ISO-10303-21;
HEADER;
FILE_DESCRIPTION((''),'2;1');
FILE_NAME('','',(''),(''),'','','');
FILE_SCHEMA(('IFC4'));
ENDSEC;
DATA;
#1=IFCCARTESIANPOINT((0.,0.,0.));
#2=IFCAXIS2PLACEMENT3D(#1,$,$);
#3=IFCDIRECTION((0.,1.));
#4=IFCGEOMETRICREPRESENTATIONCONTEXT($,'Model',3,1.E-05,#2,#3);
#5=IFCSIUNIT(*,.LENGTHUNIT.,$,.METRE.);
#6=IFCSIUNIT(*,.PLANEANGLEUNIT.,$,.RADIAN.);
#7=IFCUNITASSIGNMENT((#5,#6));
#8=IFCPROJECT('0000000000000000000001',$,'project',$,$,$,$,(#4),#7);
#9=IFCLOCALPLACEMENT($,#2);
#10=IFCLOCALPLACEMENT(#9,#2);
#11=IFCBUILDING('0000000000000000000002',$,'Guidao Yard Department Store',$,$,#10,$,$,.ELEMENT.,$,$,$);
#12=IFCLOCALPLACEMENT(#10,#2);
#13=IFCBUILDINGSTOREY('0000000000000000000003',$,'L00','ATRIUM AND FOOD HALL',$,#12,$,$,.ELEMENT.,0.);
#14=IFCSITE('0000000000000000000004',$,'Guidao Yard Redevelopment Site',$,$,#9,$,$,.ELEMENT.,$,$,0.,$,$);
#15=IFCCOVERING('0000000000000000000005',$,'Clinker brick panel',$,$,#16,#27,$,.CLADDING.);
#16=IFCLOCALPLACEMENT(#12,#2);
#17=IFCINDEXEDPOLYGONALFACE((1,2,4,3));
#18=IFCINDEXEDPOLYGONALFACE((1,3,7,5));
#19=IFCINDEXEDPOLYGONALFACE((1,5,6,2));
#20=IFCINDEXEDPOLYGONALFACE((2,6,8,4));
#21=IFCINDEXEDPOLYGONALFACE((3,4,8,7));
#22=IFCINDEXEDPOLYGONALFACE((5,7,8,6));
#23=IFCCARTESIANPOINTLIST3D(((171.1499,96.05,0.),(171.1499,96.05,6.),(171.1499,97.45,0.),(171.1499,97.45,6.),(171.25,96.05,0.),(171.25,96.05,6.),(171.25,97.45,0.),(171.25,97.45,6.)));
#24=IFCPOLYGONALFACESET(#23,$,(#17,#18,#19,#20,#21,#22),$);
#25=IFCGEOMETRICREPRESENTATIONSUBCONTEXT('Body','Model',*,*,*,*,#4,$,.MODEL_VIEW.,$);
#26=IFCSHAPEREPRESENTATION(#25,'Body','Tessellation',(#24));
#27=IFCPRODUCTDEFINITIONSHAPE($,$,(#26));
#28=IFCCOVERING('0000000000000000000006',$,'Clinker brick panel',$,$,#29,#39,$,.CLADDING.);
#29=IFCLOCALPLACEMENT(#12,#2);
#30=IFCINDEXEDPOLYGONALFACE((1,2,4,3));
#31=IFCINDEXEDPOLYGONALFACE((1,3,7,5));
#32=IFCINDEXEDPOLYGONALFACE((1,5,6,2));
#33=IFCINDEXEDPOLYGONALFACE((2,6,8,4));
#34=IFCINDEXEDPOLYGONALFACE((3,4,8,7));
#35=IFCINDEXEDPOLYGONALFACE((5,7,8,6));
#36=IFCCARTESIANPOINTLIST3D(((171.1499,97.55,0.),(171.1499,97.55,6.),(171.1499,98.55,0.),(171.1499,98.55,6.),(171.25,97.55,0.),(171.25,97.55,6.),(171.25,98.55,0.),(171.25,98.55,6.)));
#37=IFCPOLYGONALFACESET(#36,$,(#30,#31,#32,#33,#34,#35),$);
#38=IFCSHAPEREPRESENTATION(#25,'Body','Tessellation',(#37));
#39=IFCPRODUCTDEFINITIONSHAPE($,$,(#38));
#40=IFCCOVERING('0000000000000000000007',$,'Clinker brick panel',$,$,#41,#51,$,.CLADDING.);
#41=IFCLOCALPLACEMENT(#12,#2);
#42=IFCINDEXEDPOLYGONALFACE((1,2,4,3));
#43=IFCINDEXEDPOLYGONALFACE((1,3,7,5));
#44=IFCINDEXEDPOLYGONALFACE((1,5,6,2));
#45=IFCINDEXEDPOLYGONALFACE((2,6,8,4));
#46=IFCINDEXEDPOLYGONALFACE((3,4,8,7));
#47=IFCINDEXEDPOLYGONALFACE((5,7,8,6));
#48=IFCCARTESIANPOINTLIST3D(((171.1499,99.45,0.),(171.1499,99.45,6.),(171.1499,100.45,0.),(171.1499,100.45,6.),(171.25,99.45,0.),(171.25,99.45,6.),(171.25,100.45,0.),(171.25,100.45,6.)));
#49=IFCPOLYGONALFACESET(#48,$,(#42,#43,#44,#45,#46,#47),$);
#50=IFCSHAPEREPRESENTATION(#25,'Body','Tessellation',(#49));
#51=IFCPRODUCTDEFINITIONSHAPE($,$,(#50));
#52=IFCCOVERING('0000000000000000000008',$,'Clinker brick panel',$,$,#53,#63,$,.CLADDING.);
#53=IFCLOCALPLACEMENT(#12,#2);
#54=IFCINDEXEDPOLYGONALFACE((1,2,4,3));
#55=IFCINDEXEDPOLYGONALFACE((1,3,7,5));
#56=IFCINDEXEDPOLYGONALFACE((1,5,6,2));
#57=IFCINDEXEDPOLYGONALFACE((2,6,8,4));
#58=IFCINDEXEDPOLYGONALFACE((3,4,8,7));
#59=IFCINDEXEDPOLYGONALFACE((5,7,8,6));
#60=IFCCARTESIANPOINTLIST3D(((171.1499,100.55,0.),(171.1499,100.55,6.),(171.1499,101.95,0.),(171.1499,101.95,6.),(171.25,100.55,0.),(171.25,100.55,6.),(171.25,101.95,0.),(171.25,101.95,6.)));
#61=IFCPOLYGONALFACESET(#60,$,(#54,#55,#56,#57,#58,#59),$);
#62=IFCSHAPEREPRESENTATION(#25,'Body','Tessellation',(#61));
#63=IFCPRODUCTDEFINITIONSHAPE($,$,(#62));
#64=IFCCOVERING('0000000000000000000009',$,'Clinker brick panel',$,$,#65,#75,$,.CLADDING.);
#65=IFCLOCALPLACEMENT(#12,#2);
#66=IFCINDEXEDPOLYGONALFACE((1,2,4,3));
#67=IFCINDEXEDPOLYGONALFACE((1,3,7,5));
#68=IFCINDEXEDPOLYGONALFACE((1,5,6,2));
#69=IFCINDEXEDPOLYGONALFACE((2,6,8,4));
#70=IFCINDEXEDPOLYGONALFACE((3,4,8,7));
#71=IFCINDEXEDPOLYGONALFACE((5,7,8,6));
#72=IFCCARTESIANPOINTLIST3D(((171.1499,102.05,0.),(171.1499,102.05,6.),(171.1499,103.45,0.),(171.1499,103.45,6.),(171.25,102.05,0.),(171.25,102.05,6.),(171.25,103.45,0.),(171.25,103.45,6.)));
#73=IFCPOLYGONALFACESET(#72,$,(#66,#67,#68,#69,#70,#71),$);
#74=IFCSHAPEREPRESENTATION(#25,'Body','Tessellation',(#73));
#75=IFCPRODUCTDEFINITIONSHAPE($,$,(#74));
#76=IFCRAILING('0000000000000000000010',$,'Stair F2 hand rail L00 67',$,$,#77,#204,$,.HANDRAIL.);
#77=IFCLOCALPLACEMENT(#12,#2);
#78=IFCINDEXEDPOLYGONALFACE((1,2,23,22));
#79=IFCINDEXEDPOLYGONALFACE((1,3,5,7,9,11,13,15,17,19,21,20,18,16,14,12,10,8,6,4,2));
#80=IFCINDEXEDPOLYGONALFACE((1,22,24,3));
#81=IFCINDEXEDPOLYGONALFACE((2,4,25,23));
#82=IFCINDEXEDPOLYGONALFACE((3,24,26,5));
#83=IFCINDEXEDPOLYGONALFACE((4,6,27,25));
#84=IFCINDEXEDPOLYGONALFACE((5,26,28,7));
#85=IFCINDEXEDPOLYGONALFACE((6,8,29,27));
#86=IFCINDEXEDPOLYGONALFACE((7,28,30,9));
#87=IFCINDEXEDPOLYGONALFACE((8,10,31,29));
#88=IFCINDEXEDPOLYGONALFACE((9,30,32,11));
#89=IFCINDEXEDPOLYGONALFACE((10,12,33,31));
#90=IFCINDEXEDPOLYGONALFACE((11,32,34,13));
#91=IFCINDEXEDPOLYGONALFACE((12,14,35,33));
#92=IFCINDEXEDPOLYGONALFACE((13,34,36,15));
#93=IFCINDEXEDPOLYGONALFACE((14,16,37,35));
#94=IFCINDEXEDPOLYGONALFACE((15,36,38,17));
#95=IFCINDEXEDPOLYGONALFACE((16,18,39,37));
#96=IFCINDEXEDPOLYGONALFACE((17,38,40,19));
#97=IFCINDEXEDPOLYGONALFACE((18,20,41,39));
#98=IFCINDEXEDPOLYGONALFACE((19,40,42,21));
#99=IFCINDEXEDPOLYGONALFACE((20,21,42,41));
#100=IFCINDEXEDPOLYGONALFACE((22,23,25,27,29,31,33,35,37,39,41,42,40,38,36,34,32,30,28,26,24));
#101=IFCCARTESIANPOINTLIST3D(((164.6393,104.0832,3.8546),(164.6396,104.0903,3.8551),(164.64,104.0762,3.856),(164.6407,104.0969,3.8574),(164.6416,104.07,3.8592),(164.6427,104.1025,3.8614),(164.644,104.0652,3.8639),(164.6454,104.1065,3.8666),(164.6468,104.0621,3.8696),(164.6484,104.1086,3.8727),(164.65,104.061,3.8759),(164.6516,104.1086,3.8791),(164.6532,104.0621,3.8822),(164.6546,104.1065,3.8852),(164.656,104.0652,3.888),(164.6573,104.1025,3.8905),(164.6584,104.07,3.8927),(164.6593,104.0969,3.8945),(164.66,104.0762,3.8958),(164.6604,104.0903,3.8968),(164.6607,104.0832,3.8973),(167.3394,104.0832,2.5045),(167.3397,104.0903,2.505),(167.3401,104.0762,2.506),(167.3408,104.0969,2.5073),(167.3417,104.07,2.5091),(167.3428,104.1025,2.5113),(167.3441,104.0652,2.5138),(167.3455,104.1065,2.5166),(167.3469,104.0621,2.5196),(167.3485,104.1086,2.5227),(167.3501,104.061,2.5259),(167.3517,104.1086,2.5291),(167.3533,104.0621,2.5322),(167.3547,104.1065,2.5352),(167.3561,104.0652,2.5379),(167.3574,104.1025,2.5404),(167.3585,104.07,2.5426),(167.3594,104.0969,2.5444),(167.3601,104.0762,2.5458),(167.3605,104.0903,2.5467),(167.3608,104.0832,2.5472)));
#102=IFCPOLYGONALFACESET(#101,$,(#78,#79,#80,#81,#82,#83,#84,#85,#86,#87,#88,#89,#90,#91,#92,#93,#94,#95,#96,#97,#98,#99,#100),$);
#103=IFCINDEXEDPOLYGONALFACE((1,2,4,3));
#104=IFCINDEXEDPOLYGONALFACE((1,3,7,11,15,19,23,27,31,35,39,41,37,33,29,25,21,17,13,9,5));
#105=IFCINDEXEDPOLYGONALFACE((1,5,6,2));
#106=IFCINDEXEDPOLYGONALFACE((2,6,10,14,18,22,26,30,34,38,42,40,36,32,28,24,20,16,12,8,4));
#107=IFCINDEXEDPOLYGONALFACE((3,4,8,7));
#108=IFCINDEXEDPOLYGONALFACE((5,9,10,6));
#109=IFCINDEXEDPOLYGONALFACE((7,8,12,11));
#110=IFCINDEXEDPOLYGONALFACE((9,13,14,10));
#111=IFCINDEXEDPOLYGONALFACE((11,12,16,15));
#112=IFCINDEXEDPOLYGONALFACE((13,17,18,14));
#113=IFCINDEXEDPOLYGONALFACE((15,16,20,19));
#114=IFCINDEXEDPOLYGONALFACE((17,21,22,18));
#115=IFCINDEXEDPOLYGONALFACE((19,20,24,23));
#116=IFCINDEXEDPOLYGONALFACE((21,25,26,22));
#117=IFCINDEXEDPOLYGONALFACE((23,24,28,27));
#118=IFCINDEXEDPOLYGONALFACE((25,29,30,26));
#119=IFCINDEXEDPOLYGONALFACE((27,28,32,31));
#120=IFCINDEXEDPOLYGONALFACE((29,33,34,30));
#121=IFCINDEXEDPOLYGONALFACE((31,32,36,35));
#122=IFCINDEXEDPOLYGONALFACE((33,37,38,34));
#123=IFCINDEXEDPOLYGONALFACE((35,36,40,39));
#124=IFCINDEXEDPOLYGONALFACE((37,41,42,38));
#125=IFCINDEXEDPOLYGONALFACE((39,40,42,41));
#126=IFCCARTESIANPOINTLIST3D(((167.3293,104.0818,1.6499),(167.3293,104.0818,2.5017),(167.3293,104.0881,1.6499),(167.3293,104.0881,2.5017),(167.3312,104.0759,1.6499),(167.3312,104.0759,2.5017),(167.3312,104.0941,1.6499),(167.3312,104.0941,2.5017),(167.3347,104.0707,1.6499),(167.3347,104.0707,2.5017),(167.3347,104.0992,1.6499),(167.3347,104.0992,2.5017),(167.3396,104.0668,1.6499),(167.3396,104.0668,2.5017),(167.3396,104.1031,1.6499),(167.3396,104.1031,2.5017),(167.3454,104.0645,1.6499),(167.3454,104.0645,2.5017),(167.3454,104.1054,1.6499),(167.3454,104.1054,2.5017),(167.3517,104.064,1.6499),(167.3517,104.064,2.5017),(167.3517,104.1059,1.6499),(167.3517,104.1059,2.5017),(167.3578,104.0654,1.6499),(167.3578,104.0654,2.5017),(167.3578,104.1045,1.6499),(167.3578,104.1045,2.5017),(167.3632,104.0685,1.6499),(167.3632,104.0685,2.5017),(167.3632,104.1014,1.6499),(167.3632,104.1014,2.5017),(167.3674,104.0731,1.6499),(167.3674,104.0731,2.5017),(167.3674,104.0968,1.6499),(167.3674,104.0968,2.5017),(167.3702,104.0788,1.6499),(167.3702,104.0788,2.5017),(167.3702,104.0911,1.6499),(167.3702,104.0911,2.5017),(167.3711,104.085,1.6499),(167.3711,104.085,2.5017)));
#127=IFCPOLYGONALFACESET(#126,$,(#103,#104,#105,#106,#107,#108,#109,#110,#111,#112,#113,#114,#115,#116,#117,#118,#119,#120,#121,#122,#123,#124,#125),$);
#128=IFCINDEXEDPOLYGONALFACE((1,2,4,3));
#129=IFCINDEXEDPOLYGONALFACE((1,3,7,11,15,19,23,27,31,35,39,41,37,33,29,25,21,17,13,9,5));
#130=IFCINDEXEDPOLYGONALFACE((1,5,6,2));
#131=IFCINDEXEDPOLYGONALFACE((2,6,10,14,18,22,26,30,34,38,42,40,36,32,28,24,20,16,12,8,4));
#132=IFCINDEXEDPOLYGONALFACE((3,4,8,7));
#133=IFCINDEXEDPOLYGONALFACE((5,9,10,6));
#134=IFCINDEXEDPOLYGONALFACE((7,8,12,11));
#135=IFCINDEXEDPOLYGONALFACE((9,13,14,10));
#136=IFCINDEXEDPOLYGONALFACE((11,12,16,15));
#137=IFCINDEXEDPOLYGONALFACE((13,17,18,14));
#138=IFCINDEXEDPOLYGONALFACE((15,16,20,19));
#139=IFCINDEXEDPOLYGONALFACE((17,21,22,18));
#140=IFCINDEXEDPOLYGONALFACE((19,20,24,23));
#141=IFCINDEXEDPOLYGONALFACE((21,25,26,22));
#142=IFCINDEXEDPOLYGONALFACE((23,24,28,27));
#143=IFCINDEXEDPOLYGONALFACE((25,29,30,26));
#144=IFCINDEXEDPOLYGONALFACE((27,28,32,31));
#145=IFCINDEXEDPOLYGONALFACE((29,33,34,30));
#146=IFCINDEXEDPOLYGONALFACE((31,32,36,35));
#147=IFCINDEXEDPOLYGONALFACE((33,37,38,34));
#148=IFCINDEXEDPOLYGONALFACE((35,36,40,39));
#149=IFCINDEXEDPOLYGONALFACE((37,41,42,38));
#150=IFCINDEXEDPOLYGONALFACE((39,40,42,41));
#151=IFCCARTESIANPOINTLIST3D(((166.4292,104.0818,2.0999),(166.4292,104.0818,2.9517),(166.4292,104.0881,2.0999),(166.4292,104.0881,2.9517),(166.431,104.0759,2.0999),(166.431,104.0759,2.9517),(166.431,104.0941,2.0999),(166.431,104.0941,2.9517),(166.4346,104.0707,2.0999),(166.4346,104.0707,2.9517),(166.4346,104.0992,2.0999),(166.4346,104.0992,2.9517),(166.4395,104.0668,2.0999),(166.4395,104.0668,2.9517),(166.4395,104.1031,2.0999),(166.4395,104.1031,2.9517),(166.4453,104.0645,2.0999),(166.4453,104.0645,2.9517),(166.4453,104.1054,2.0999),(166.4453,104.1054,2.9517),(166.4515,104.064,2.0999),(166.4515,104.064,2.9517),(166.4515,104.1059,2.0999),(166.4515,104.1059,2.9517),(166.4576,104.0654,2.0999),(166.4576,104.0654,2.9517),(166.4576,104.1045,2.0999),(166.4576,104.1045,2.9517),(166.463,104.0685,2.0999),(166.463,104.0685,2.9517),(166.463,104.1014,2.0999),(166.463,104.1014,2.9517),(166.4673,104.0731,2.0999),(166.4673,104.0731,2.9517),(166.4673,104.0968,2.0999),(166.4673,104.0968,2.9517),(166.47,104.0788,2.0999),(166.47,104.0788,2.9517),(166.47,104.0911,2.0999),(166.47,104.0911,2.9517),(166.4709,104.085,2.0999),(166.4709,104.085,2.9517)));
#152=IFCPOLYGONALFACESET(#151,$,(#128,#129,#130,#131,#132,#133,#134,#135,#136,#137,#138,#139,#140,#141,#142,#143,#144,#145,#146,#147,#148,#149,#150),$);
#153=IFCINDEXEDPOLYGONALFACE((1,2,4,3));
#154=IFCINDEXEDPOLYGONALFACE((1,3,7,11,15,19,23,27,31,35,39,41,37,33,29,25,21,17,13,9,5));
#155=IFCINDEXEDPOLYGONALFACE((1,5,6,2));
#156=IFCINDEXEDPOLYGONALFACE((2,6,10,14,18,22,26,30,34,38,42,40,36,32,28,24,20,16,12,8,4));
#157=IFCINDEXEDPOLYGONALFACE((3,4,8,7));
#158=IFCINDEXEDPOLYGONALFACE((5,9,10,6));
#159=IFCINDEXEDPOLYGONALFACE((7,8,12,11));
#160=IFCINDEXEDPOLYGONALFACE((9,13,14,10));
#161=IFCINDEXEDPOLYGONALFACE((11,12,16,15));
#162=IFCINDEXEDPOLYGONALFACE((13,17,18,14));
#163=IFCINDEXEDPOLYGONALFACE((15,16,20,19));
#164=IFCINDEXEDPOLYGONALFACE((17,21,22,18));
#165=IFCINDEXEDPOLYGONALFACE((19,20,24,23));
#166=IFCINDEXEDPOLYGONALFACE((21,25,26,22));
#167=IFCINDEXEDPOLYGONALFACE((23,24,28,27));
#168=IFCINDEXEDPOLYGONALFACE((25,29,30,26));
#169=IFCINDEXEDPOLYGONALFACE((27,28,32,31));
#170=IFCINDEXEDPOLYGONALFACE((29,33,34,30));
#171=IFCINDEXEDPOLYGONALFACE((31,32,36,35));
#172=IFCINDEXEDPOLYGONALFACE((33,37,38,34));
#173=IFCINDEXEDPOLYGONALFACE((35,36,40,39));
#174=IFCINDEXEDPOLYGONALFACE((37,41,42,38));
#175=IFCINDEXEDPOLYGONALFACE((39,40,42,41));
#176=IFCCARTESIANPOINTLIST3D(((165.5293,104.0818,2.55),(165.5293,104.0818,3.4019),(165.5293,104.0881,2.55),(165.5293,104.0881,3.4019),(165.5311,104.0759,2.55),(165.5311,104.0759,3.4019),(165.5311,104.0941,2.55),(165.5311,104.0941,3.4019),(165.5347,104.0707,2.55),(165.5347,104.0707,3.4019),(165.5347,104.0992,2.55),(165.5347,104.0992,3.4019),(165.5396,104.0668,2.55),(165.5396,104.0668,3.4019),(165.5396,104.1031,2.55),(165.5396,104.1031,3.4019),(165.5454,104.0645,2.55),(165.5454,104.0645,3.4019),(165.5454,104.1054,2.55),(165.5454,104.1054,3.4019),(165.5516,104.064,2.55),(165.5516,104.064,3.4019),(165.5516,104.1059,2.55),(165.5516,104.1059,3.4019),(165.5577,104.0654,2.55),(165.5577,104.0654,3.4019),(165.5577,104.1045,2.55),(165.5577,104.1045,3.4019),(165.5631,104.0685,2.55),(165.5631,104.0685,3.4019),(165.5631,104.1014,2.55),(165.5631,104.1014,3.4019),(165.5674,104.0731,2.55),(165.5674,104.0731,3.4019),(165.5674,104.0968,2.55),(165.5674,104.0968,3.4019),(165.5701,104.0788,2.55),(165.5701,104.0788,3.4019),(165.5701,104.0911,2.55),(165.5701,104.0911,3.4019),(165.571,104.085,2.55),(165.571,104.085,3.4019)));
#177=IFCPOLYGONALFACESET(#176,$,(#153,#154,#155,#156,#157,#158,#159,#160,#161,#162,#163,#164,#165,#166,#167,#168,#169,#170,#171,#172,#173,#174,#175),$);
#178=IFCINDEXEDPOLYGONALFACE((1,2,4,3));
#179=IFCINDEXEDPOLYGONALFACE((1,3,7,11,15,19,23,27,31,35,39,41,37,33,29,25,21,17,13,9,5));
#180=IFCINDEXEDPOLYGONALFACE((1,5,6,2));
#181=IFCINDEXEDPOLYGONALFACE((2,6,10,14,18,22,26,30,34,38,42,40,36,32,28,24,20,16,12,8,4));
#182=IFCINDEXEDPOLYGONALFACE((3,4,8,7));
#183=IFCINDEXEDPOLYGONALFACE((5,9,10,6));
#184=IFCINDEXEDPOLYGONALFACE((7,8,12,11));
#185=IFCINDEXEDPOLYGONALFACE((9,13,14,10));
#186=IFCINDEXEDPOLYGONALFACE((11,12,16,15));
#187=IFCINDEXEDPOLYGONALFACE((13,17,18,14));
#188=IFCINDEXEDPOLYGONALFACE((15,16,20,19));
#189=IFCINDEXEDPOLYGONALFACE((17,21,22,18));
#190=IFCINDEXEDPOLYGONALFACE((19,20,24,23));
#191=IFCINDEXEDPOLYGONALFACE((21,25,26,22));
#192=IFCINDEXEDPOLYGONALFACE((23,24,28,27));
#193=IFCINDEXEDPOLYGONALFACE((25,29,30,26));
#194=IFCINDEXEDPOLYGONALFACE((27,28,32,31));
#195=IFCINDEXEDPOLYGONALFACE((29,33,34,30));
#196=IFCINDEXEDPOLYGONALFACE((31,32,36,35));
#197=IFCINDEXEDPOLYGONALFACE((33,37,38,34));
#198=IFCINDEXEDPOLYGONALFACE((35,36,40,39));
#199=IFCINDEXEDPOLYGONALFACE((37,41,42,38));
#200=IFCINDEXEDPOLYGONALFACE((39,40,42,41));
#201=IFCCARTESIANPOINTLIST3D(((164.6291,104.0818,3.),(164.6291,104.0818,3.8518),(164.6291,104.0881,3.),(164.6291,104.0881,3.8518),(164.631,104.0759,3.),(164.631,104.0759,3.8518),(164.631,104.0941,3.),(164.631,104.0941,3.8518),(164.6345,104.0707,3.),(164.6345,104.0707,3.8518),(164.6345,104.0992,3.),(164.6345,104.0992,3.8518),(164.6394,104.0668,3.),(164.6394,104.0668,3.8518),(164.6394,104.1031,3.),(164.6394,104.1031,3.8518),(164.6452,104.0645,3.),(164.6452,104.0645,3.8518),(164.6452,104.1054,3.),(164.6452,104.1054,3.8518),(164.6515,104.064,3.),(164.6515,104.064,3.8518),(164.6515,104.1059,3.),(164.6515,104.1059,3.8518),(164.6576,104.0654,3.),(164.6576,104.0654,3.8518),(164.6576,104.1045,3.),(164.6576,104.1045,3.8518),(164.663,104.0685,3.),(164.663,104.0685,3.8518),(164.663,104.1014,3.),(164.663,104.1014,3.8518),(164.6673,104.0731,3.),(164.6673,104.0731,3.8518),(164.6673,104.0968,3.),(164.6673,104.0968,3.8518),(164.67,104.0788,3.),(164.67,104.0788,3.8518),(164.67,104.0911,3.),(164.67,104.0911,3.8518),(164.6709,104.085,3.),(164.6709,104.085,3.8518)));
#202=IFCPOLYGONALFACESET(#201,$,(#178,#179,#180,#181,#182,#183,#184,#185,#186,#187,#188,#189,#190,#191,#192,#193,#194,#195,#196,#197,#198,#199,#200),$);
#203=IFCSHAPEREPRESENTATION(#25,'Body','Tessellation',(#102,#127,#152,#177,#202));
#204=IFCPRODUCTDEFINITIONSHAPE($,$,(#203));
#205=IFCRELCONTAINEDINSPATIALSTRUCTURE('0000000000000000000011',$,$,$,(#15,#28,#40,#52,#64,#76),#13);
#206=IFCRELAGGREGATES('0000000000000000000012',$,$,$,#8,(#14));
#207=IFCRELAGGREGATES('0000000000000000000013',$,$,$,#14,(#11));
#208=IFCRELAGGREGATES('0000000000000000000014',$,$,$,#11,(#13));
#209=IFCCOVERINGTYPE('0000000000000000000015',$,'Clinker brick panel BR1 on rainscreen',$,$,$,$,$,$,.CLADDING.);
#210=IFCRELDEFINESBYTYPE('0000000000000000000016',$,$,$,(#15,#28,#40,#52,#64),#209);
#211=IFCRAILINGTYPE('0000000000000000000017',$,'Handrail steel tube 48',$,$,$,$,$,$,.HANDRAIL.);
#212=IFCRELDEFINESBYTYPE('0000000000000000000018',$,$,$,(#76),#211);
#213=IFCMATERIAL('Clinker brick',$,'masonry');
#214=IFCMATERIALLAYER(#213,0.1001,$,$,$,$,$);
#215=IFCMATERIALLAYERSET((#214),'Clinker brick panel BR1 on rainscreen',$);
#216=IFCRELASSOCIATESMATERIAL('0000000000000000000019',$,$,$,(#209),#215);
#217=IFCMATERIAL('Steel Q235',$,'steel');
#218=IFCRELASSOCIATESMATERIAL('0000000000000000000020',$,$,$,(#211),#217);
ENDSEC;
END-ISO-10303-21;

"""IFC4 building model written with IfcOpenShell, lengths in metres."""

from ifc_helpers import new_model, si_unit, direction, frame, origin, origin_2d, place, context, subcontext, project, spatial, rectangle, circle, extrude, material, layer, layer_set, type_object, element, save


model = new_model("IFC4")

# Units and contexts
model_context = context("Model", 3, precision=1e-05, world=origin(), true_north=direction((0.0, 1.0)))
body_context = subcontext(model_context, "Body", "Model", "MODEL_VIEW")
ifc_project = project(units=[si_unit("LENGTHUNIT", "METRE"), si_unit("PLANEANGLEUNIT", "RADIAN")], contexts=[model_context])

# Site, building, storey
site_placement = place(None, origin())
site = spatial("IfcSite", under=ifc_project, at=site_placement, Name="Guidao Yard Redevelopment Site", CompositionType="ELEMENT", RefElevation=0.0)
building_placement = place(site_placement, origin())
building = spatial("IfcBuilding", under=site, at=building_placement, Name="Guidao Yard Department Store", CompositionType="ELEMENT")
storey_placement = place(building_placement, origin())
storey = spatial("IfcBuildingStorey", under=building, at=storey_placement, Name="L00", Description="ATRIUM AND FOOD HALL", CompositionType="ELEMENT", Elevation=0.0)

# Coverings
ifc_material_1 = material(Name="Clinker brick", Category="masonry")
ifc_layer_1 = layer(ifc_material_1, 0.1001)
ifc_layer_set_1 = layer_set([ifc_layer_1], Name="Clinker brick panel BR1 on rainscreen")
covering_type = type_object("IfcCoveringType", Name="Clinker brick panel BR1 on rainscreen", PredefinedType="CLADDING", material=ifc_layer_set_1)
covering_1_placement = place(storey_placement, frame((171.2, 96.75, 0.0), z_axis=(0.0, 0.0, 1.0), x_axis=(0.0, -1.0, 0.0)))
element("IfcCovering", 1, at=covering_1_placement, inside=storey, type_object=covering_type, Name="Clinker brick panel", PredefinedType="CLADDING", context=body_context, shape_type="SweptSolid", body=[
    extrude(rectangle(XDim=1.3999, YDim=0.1001, at=origin_2d()), origin(), (0.0, 0.0, 1.0), 6.0),
])
for number, where, z_axis, x_axis, name in (
    (2, (171.2, 98.05, 0.0), (0.0, 0.0, 1.0), (0.0, -1.0, 0.0), "Clinker brick panel"),
    (3, (171.2, 99.95, 0.0), (0.0, 0.0, 1.0), (0.0, -1.0, 0.0), "Clinker brick panel"),
):
    element("IfcCovering", number, at=place(storey_placement, frame(where, z_axis=z_axis, x_axis=x_axis)), inside=storey, type_object=covering_type, Name=name, PredefinedType="CLADDING", context=body_context, shape_type="SweptSolid", body=[
        extrude(rectangle(XDim=1.0, YDim=0.1001, at=origin_2d()), origin(), (0.0, 0.0, 1.0), 6.0),
    ])
for number, where, z_axis, x_axis, name in (
    (4, (171.2, 101.25, 0.0), (0.0, 0.0, 1.0), (0.0, -1.0, 0.0), "Clinker brick panel"),
    (5, (171.2, 102.75, 0.0), (0.0, 0.0, 1.0), (0.0, -1.0, 0.0), "Clinker brick panel"),
):
    element("IfcCovering", number, at=place(storey_placement, frame(where, z_axis=z_axis, x_axis=x_axis)), inside=storey, type_object=covering_type, Name=name, PredefinedType="CLADDING", context=body_context, shape_type="SweptSolid", body=[
        extrude(rectangle(XDim=1.3999, YDim=0.1001, at=origin_2d()), origin(), (0.0, 0.0, 1.0), 6.0),
    ])

# Railing
ifc_material_2 = material(Name="Steel Q235", Category="steel")
railing_type = type_object("IfcRailingType", Name="Handrail steel tube 48", PredefinedType="HANDRAIL", material=ifc_material_2)
for number, where, name in (
    (6, (167.3501, 104.085, 1.6499), "Stair F2 hand rail L00 67"),
):
    element("IfcRailing", number, at=place(storey_placement, frame(where)), inside=storey, type_object=railing_type, Name=name, PredefinedType="HANDRAIL", context=body_context, shape_type="SweptSolid", body=[
        extrude(circle(Radius=0.0239, at=origin_2d()), frame((0.0, 0.0, 0.876), z_axis=(-0.894427, 0.0, 0.447214), x_axis=(0.0, -1.0, 0.0)), (0.0, 0.0, 1.0), 3.0188),
        extrude(circle(Radius=0.021, at=origin_2d()), origin(), (0.0, 0.0, 1.0), 0.8518),
        extrude(circle(Radius=0.021, at=origin_2d()), frame((-0.9001, 0.0, 0.45)), (0.0, 0.0, 1.0), 0.8518),
        extrude(circle(Radius=0.021, at=origin_2d()), frame((-1.8, 0.0, 0.9001)), (0.0, 0.0, 1.0), 0.8518),
        extrude(circle(Radius=0.021, at=origin_2d()), frame((-2.7002, 0.0, 1.3501)), (0.0, 0.0, 1.0), 0.8518),
    ])

save(model, "model.ifc")
